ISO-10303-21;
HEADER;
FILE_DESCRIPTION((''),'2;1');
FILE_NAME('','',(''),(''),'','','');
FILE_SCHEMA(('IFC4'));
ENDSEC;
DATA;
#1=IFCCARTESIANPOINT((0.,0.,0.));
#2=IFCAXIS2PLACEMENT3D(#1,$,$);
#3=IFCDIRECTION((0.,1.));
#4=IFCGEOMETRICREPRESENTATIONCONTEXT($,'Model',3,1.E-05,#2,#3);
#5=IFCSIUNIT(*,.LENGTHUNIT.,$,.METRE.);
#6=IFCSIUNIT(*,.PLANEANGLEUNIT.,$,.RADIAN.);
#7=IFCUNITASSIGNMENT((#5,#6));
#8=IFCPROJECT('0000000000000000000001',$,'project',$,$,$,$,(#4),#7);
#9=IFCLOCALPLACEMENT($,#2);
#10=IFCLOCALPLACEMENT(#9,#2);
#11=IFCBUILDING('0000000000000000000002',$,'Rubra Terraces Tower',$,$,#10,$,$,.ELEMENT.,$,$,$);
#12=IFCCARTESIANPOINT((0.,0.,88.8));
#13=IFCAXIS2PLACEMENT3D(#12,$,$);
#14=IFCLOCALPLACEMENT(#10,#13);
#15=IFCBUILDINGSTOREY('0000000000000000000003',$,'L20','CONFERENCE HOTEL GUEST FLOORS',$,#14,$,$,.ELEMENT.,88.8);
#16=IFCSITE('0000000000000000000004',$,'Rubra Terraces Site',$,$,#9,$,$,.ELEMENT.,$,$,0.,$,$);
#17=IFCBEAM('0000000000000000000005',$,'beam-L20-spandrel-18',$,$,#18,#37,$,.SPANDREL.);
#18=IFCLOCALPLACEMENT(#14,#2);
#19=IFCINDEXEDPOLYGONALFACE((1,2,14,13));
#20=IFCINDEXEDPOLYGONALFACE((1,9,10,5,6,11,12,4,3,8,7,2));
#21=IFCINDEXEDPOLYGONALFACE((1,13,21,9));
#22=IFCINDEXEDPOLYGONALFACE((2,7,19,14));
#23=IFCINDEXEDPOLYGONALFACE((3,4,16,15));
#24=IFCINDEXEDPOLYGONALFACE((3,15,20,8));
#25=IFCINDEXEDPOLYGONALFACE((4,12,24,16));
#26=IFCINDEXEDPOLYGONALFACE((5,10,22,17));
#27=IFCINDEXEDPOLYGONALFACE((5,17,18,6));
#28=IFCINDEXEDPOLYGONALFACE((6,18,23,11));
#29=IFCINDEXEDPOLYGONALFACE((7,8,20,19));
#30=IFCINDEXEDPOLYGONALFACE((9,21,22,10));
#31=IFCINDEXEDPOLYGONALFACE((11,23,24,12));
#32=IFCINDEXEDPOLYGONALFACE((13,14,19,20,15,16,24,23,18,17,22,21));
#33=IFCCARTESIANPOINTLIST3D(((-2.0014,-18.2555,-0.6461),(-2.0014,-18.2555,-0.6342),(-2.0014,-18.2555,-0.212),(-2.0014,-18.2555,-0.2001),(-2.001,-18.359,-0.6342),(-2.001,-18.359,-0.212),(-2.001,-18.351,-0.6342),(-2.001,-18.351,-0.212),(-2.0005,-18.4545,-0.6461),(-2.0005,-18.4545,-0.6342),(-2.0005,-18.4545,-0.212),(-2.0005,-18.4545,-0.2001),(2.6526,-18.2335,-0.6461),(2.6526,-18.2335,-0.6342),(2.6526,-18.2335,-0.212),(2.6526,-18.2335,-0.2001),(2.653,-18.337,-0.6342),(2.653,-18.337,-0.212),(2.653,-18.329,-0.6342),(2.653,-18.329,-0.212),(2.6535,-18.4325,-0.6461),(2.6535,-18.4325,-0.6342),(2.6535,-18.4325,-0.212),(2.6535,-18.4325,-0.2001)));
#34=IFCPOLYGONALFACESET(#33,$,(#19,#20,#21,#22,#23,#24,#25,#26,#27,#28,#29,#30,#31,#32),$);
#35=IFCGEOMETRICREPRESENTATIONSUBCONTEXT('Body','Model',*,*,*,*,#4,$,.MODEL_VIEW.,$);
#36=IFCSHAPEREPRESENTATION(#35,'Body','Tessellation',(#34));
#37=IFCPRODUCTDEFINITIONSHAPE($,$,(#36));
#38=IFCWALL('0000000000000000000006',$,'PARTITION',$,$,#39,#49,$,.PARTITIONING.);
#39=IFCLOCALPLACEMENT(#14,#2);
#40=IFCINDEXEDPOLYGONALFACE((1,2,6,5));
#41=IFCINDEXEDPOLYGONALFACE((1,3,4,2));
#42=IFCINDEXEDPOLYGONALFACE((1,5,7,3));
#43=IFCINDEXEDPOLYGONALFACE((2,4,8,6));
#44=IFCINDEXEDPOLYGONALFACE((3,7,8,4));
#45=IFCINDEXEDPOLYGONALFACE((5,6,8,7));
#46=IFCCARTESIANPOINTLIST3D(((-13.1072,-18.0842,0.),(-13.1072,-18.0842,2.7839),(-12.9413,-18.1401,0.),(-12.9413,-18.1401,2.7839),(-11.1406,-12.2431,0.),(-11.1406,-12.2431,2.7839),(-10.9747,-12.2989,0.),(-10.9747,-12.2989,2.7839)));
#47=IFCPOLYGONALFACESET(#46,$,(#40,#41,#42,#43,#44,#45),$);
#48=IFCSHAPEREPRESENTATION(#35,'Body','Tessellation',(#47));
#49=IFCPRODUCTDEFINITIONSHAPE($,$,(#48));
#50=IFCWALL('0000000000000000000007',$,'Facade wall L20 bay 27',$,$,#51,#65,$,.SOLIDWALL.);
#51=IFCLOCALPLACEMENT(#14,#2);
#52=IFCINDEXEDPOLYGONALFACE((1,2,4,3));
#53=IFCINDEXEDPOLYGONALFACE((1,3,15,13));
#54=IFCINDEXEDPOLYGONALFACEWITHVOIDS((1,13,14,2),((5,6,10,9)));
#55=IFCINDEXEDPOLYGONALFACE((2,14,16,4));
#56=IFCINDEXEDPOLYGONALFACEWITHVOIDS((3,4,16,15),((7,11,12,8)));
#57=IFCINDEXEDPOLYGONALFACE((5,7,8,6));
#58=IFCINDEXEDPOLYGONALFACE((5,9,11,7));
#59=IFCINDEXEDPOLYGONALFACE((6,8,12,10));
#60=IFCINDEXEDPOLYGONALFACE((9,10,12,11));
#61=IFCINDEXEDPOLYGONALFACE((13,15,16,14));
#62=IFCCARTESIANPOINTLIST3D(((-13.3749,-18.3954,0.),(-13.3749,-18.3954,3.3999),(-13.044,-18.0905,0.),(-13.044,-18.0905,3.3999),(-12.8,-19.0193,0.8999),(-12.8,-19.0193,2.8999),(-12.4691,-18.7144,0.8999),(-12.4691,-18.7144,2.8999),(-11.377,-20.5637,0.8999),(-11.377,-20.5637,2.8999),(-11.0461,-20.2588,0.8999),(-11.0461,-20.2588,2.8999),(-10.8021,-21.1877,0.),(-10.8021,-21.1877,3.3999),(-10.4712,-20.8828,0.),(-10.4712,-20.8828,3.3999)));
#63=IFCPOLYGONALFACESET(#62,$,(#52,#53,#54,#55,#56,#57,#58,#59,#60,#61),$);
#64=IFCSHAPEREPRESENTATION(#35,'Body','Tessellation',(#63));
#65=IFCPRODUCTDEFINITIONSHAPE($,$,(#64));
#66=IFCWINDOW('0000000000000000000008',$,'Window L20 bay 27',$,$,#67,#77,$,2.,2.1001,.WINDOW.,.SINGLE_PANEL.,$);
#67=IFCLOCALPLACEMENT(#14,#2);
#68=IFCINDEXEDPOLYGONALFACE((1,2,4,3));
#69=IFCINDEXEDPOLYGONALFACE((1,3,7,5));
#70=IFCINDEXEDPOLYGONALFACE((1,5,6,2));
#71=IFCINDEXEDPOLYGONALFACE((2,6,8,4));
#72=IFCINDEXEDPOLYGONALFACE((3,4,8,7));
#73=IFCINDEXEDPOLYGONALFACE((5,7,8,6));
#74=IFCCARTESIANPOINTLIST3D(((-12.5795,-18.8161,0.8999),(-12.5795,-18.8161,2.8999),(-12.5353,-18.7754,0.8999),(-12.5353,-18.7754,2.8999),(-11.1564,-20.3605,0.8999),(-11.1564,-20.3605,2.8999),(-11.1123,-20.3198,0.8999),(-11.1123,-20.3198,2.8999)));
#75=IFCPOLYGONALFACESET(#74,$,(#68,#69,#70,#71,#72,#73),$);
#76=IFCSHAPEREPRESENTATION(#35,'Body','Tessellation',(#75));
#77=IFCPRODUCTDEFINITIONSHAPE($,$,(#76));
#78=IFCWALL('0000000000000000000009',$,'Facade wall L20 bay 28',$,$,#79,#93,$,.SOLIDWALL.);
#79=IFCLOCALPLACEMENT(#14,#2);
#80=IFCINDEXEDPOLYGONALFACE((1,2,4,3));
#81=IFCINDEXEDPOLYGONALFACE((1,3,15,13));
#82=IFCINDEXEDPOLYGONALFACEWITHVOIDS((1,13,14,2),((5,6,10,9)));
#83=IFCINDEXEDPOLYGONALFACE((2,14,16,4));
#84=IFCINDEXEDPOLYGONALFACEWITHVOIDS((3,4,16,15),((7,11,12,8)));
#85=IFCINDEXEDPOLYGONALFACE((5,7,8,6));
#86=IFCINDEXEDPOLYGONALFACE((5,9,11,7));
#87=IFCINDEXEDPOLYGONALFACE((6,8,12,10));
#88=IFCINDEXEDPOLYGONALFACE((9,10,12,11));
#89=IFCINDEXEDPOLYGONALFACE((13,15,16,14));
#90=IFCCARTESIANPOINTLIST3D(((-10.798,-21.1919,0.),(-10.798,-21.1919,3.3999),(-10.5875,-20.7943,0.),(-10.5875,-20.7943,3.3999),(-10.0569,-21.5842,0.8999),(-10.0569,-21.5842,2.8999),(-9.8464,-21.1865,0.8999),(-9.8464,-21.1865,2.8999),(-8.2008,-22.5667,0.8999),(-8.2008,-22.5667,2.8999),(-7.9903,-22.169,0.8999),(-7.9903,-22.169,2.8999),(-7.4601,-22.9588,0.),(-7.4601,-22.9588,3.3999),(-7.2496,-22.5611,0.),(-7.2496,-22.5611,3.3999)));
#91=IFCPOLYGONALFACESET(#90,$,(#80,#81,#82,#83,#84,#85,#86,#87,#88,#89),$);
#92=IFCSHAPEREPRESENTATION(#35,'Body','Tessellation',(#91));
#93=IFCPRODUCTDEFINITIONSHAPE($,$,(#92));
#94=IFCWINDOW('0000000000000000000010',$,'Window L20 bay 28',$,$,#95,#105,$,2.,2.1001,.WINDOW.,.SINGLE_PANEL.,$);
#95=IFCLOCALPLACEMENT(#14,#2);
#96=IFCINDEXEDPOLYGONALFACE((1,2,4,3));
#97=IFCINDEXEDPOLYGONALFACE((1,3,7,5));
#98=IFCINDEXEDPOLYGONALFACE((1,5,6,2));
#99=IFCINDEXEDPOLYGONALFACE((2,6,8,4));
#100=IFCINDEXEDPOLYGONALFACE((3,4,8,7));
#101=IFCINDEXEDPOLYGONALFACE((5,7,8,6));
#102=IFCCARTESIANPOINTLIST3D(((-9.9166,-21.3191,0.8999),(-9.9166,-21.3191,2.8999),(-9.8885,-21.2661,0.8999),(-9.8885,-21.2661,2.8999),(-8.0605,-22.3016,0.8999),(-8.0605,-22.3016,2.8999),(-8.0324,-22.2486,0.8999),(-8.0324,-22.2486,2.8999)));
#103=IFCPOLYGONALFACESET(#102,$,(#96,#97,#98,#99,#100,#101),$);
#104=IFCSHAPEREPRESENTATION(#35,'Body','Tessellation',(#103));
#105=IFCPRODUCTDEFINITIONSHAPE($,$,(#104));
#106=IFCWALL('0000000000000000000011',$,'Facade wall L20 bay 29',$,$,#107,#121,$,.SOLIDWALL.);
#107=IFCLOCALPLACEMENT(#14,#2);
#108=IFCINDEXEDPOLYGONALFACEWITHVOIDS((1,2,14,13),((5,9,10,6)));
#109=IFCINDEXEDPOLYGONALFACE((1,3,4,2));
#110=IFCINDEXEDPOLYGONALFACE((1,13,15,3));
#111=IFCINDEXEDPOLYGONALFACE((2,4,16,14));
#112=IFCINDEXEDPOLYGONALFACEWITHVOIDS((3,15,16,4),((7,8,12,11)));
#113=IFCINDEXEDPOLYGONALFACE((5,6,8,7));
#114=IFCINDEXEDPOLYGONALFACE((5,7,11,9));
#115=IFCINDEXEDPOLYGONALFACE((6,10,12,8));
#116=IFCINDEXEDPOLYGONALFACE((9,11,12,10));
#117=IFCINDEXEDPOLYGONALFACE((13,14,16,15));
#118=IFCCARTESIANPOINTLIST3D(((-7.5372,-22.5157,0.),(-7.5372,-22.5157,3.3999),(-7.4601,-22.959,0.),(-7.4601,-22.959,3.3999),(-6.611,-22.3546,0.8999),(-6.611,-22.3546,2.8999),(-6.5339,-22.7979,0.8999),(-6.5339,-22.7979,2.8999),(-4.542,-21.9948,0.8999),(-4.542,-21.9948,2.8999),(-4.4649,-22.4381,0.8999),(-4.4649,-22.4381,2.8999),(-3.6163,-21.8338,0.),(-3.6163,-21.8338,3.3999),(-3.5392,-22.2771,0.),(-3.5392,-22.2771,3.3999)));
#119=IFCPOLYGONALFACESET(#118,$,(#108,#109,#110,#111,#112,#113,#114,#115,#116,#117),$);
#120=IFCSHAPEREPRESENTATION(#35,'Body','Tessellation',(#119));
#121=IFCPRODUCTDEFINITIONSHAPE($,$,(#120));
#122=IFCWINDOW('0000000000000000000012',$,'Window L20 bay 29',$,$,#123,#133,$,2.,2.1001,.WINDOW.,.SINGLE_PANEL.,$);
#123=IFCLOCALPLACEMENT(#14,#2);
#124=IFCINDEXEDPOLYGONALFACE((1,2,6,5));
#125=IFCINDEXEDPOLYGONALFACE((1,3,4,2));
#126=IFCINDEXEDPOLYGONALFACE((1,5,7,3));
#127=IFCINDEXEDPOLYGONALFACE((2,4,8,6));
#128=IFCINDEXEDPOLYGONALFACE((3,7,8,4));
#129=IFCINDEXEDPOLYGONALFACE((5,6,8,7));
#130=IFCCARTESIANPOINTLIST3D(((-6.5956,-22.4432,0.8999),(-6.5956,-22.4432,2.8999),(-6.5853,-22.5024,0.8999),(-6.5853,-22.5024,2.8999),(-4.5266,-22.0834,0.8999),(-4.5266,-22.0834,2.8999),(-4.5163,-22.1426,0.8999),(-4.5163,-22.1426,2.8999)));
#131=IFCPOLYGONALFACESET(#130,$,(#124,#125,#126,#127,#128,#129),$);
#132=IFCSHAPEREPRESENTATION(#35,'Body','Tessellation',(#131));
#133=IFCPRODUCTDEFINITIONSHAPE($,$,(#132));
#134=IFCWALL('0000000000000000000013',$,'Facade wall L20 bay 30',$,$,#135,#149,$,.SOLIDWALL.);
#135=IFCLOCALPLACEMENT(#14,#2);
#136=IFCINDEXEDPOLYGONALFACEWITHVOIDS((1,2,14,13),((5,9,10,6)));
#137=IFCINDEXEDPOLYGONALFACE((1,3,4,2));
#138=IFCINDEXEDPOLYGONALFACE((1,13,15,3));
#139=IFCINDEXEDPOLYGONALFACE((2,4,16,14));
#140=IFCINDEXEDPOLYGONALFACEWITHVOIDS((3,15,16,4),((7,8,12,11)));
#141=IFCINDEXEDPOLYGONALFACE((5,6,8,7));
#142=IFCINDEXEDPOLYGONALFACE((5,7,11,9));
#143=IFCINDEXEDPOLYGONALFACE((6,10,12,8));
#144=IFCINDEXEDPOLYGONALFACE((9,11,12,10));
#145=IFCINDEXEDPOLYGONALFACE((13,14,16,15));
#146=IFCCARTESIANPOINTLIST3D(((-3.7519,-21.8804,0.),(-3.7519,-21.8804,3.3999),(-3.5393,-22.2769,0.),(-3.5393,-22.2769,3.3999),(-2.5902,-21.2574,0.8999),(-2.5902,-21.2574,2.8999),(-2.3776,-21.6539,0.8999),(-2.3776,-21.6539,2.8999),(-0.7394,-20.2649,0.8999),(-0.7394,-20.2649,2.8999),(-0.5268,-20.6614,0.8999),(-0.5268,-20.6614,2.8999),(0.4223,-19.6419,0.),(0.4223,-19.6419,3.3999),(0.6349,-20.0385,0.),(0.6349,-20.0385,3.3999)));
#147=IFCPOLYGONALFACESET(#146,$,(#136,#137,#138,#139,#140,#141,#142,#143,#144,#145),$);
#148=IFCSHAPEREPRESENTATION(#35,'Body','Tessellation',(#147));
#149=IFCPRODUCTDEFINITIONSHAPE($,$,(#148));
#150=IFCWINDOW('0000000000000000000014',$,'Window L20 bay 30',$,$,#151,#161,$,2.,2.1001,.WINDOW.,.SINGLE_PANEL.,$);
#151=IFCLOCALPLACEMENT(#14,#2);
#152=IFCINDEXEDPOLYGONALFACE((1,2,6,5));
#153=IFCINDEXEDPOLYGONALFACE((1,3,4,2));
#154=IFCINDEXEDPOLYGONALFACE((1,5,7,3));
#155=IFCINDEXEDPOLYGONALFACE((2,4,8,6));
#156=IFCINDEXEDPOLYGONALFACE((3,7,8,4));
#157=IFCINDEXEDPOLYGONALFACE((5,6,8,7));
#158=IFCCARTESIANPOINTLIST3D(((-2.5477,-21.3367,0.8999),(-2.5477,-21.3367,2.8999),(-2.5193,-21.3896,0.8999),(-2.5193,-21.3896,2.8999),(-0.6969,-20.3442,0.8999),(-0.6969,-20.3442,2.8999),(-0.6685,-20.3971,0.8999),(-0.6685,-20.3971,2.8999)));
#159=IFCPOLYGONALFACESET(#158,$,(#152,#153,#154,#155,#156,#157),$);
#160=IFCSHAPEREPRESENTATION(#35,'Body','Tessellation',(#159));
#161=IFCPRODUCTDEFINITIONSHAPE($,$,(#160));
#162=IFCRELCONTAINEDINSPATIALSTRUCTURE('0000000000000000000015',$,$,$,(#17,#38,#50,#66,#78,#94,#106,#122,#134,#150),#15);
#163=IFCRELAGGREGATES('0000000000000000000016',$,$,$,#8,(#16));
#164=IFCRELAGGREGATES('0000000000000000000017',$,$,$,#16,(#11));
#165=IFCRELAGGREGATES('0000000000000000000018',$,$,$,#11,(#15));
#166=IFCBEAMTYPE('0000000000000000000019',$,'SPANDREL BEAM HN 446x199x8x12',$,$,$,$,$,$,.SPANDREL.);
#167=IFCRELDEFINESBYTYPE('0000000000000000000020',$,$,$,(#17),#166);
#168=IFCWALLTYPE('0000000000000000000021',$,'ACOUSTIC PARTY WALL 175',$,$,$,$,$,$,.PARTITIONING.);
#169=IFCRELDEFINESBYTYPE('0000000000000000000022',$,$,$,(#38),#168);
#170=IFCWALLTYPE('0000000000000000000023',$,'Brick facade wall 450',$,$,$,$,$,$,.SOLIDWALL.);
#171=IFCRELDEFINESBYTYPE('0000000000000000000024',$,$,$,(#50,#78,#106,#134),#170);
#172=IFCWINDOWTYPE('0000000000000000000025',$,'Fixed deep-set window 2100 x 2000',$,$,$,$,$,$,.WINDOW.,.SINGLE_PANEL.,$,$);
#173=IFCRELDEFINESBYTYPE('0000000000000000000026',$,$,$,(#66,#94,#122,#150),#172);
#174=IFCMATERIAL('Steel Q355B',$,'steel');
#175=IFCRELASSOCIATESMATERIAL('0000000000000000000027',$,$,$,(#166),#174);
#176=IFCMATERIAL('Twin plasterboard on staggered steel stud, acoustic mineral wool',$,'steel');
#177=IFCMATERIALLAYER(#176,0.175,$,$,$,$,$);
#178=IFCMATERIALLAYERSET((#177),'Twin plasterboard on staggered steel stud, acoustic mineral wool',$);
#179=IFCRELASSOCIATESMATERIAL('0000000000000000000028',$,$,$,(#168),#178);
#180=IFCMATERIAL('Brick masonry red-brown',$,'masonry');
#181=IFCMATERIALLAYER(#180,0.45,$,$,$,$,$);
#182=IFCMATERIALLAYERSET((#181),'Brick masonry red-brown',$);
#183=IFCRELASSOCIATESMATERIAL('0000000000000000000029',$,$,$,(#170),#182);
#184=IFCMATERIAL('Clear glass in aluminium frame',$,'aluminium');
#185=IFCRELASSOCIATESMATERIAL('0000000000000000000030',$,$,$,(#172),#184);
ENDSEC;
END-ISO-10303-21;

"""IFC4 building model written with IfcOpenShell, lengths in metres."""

from ifc_helpers import new_model, si_unit, direction, frame, frame_2d, origin, origin_2d, place, context, subcontext, project, spatial, rectangle, i_section, extrude, material, layer, layer_set, material_profile, profile_set, type_object, element, fill, save


model = new_model("IFC4")

# Units and contexts
model_context = context("Model", 3, precision=1e-05, world=origin(), true_north=direction((0.0, 1.0)))
body_context = subcontext(model_context, "Body", "Model", "MODEL_VIEW")
ifc_project = project(units=[si_unit("LENGTHUNIT", "METRE"), si_unit("PLANEANGLEUNIT", "RADIAN")], contexts=[model_context])

# Site, building, storey
site_placement = place(None, origin())
site = spatial("IfcSite", under=ifc_project, at=site_placement, Name="Rubra Terraces Site", CompositionType="ELEMENT", RefElevation=0.0)
building_placement = place(site_placement, origin())
building = spatial("IfcBuilding", under=site, at=building_placement, Name="Rubra Terraces Tower", CompositionType="ELEMENT")
storey_placement = place(building_placement, frame((0.0, 0.0, 88.8)))
storey = spatial("IfcBuildingStorey", under=building, at=storey_placement, Name="L20", Description="CONFERENCE HOTEL GUEST FLOORS", CompositionType="ELEMENT", Elevation=88.8)

# Beam
ifc_material_1 = material(Name="Steel Q355B", Category="steel")
ifc_material_profile_1 = material_profile(ifc_material_1, i_section(OverallWidth=0.199, OverallDepth=0.446, WebThickness=0.0081, FlangeThickness=0.012, at=origin_2d()), Name="HN 446x199x8x12")
ifc_profile_set_1 = profile_set([ifc_material_profile_1], Name="Steel Q355B")
beam_type_1 = type_object("IfcBeamType", Name="SPANDREL BEAM HN 446x199x8x12", PredefinedType="SPANDREL", material=ifc_profile_set_1)
beam_1_placement = place(storey_placement, frame((-2.001, -18.355, -0.4231), z_axis=(0.999989, 0.004721, 0.0), x_axis=(-0.004721, 0.999989, 0.0)))
element("IfcBeam", 1, at=beam_1_placement, inside=storey, type_object=beam_type_1, Name="beam-L20-spandrel-18", PredefinedType="SPANDREL", context=body_context, shape_type="SweptSolid", body=[
    extrude(i_section(OverallWidth=0.199, OverallDepth=0.446, WebThickness=0.0081, FlangeThickness=0.012, at=origin_2d()), origin(), (0.0, 0.0, 1.0), 4.6541),
])

# Wall
ifc_material_2 = material(Name="Twin plasterboard on staggered steel stud, acoustic mineral wool", Category="steel")
ifc_layer_1 = layer(ifc_material_2, 0.175)
ifc_layer_set_1 = layer_set([ifc_layer_1], Name="Twin plasterboard on staggered steel stud, acoustic mineral wool")
wall_type_1 = type_object("IfcWallType", Name="ACOUSTIC PARTY WALL 175", PredefinedType="PARTITIONING", material=ifc_layer_set_1)
wall_1_placement = place(storey_placement, frame((-13.0242, -18.1121, 0.0), z_axis=(0.0, 0.0, 1.0), x_axis=(0.319078, 0.947728, 0.0)))
element("IfcWall", 2, at=wall_1_placement, inside=storey, type_object=wall_type_1, Name="PARTITION", PredefinedType="PARTITIONING", context=body_context, shape_type="SweptSolid", body=[
    extrude(rectangle(XDim=6.1633, YDim=0.175, at=frame_2d((3.0815, 0.0))), origin(), (0.0, 0.0, 1.0), 2.7839),
])

# Walls, openings, windows
ifc_material_3 = material(Name="Brick masonry red-brown", Category="masonry")
ifc_layer_2 = layer(ifc_material_3, 0.45)
ifc_layer_set_2 = layer_set([ifc_layer_2], Name="Brick masonry red-brown")
wall_type_2 = type_object("IfcWallType", Name="Brick facade wall 450", PredefinedType="SOLIDWALL", material=ifc_layer_set_2)
wall_2_placement = place(storey_placement, frame((-13.2095, -18.2429, 0.0), z_axis=(0.0, 0.0, 1.0), x_axis=(0.677612, -0.735419, 0.0)))
wall_2 = element("IfcWall", 3, at=wall_2_placement, inside=storey, type_object=wall_type_2, Name="Facade wall L20 bay 27", PredefinedType="SOLIDWALL", context=body_context, shape_type="SweptSolid", body=[
    extrude(rectangle(XDim=3.7969, YDim=0.45, at=frame_2d((1.8984, 0.0))), origin(), (0.0, 0.0, 1.0), 3.3999),
])
opening_1_placement = place(wall_2_placement, frame((0.8484, 0.0, 0.8999)))
opening_1 = element("IfcOpeningElement", 4, at=opening_1_placement, cuts=wall_2, PredefinedType="OPENING", context=body_context, shape_type="SweptSolid", body=[
    extrude(rectangle(XDim=2.1001, YDim=2.0, at=frame_2d((1.05, 1.0))), frame((0.0, 0.2349, 0.0), z_axis=(0.0, -1.0, 0.0), x_axis=(1.0, 0.0, 0.0)), (0.0, 0.0, 1.0), 0.47),
])
ifc_material_4 = material(Name="Clear glass in aluminium frame", Category="aluminium")
window_type = type_object("IfcWindowType", Name="Fixed deep-set window 2100 x 2000", PartitioningType="SINGLE_PANEL", PredefinedType="WINDOW", material=ifc_material_4)
window_1_placement = place(opening_1_placement, origin())
window_1 = element("IfcWindow", 5, at=window_1_placement, inside=storey, type_object=window_type, Name="Window L20 bay 27", OverallHeight=2.0, OverallWidth=2.1001, PartitioningType="SINGLE_PANEL", PredefinedType="WINDOW", context=body_context, shape_type="SweptSolid", body=[
    extrude(rectangle(XDim=2.1001, YDim=2.0, at=frame_2d((1.05, 1.0))), frame((0.0, 0.135, 0.0), z_axis=(0.0, -1.0, 0.0), x_axis=(1.0, 0.0, 0.0)), (0.0, 0.0, 1.0), 0.0601),
])
fill(opening_1, window_1)
wall_3_placement = place(storey_placement, frame((-10.6926, -20.9932, 0.0), z_axis=(0.0, 0.0, 1.0), x_axis=(0.883818, -0.467831, 0.0)))
wall_3 = element("IfcWall", 6, at=wall_3_placement, inside=storey, type_object=wall_type_2, Name="Facade wall L20 bay 28", PredefinedType="SOLIDWALL", context=body_context, shape_type="SweptSolid", body=[
    extrude(rectangle(XDim=3.7766, YDim=0.45, at=frame_2d((1.8882, 0.0))), origin(), (0.0, 0.0, 1.0), 3.3999),
])
opening_2_placement = place(wall_3_placement, frame((0.8384, 0.0, 0.8999)))
opening_2 = element("IfcOpeningElement", 7, at=opening_2_placement, cuts=wall_3, PredefinedType="OPENING", context=body_context, shape_type="SweptSolid", body=[
    extrude(rectangle(XDim=2.1001, YDim=2.0, at=frame_2d((1.05, 1.0))), frame((0.0, 0.2349, 0.0), z_axis=(0.0, -1.0, 0.0), x_axis=(1.0, 0.0, 0.0)), (0.0, 0.0, 1.0), 0.47),
])
window_2_placement = place(opening_2_placement, origin())
window_2 = element("IfcWindow", 8, at=window_2_placement, inside=storey, type_object=window_type, Name="Window L20 bay 28", OverallHeight=2.0, OverallWidth=2.1001, PartitioningType="SINGLE_PANEL", PredefinedType="WINDOW", context=body_context, shape_type="SweptSolid", body=[
    extrude(rectangle(XDim=2.1001, YDim=2.0, at=frame_2d((1.05, 1.0))), frame((0.0, 0.135, 0.0), z_axis=(0.0, -1.0, 0.0), x_axis=(1.0, 0.0, 0.0)), (0.0, 0.0, 1.0), 0.0601),
])
fill(opening_2, window_2)
wall_4_placement = place(storey_placement, frame((-7.4985, -22.7373, 0.0), z_axis=(0.0, 0.0, 1.0), x_axis=(0.985212, 0.171339, 0.0)))
wall_4 = element("IfcWall", 9, at=wall_4_placement, inside=storey, type_object=wall_type_2, Name="Facade wall L20 bay 29", PredefinedType="SOLIDWALL", context=body_context, shape_type="SweptSolid", body=[
    extrude(rectangle(XDim=3.9797, YDim=0.45, at=frame_2d((1.9897, 0.0))), origin(), (0.0, 0.0, 1.0), 3.3999),
])
opening_3_placement = place(wall_4_placement, frame((0.9399, 0.0, 0.8999)))
opening_3 = element("IfcOpeningElement", 10, at=opening_3_placement, cuts=wall_4, PredefinedType="OPENING", context=body_context, shape_type="SweptSolid", body=[
    extrude(rectangle(XDim=2.1001, YDim=2.0, at=frame_2d((1.05, 1.0))), frame((0.0, 0.2349, 0.0), z_axis=(0.0, -1.0, 0.0), x_axis=(1.0, 0.0, 0.0)), (0.0, 0.0, 1.0), 0.47),
])
window_3_placement = place(opening_3_placement, origin())
window_3 = element("IfcWindow", 11, at=window_3_placement, inside=storey, type_object=window_type, Name="Window L20 bay 29", OverallHeight=2.0, OverallWidth=2.1001, PartitioningType="SINGLE_PANEL", PredefinedType="WINDOW", context=body_context, shape_type="SweptSolid", body=[
    extrude(rectangle(XDim=2.1001, YDim=2.0, at=frame_2d((1.05, 1.0))), frame((0.0, 0.135, 0.0), z_axis=(0.0, -1.0, 0.0), x_axis=(1.0, 0.0, 0.0)), (0.0, 0.0, 1.0), 0.0601),
])
fill(opening_3, window_3)
wall_5_placement = place(storey_placement, frame((-3.6455, -22.0786, 0.0), z_axis=(0.0, 0.0, 1.0), x_axis=(0.881279, 0.472596, 0.0)))
wall_5 = element("IfcWall", 12, at=wall_5_placement, inside=storey, type_object=wall_type_2, Name="Facade wall L20 bay 30", PredefinedType="SOLIDWALL", context=body_context, shape_type="SweptSolid", body=[
    extrude(rectangle(XDim=4.7366, YDim=0.45, at=frame_2d((2.3682, 0.0))), origin(), (0.0, 0.0, 1.0), 3.3999),
])
opening_4_placement = place(wall_5_placement, frame((1.3181, 0.0, 0.8999)))
opening_4 = element("IfcOpeningElement", 13, at=opening_4_placement, cuts=wall_5, PredefinedType="OPENING", context=body_context, shape_type="SweptSolid", body=[
    extrude(rectangle(XDim=2.1001, YDim=2.0, at=frame_2d((1.05, 1.0))), frame((0.0, 0.2349, 0.0), z_axis=(0.0, -1.0, 0.0), x_axis=(1.0, 0.0, 0.0)), (0.0, 0.0, 1.0), 0.47),
])
window_4_placement = place(opening_4_placement, origin())
window_4 = element("IfcWindow", 14, at=window_4_placement, inside=storey, type_object=window_type, Name="Window L20 bay 30", OverallHeight=2.0, OverallWidth=2.1001, PartitioningType="SINGLE_PANEL", PredefinedType="WINDOW", context=body_context, shape_type="SweptSolid", body=[
    extrude(rectangle(XDim=2.1001, YDim=2.0, at=frame_2d((1.05, 1.0))), frame((0.0, 0.135, 0.0), z_axis=(0.0, -1.0, 0.0), x_axis=(1.0, 0.0, 0.0)), (0.0, 0.0, 1.0), 0.0601),
])
fill(opening_4, window_4)

save(model, "model.ifc")
